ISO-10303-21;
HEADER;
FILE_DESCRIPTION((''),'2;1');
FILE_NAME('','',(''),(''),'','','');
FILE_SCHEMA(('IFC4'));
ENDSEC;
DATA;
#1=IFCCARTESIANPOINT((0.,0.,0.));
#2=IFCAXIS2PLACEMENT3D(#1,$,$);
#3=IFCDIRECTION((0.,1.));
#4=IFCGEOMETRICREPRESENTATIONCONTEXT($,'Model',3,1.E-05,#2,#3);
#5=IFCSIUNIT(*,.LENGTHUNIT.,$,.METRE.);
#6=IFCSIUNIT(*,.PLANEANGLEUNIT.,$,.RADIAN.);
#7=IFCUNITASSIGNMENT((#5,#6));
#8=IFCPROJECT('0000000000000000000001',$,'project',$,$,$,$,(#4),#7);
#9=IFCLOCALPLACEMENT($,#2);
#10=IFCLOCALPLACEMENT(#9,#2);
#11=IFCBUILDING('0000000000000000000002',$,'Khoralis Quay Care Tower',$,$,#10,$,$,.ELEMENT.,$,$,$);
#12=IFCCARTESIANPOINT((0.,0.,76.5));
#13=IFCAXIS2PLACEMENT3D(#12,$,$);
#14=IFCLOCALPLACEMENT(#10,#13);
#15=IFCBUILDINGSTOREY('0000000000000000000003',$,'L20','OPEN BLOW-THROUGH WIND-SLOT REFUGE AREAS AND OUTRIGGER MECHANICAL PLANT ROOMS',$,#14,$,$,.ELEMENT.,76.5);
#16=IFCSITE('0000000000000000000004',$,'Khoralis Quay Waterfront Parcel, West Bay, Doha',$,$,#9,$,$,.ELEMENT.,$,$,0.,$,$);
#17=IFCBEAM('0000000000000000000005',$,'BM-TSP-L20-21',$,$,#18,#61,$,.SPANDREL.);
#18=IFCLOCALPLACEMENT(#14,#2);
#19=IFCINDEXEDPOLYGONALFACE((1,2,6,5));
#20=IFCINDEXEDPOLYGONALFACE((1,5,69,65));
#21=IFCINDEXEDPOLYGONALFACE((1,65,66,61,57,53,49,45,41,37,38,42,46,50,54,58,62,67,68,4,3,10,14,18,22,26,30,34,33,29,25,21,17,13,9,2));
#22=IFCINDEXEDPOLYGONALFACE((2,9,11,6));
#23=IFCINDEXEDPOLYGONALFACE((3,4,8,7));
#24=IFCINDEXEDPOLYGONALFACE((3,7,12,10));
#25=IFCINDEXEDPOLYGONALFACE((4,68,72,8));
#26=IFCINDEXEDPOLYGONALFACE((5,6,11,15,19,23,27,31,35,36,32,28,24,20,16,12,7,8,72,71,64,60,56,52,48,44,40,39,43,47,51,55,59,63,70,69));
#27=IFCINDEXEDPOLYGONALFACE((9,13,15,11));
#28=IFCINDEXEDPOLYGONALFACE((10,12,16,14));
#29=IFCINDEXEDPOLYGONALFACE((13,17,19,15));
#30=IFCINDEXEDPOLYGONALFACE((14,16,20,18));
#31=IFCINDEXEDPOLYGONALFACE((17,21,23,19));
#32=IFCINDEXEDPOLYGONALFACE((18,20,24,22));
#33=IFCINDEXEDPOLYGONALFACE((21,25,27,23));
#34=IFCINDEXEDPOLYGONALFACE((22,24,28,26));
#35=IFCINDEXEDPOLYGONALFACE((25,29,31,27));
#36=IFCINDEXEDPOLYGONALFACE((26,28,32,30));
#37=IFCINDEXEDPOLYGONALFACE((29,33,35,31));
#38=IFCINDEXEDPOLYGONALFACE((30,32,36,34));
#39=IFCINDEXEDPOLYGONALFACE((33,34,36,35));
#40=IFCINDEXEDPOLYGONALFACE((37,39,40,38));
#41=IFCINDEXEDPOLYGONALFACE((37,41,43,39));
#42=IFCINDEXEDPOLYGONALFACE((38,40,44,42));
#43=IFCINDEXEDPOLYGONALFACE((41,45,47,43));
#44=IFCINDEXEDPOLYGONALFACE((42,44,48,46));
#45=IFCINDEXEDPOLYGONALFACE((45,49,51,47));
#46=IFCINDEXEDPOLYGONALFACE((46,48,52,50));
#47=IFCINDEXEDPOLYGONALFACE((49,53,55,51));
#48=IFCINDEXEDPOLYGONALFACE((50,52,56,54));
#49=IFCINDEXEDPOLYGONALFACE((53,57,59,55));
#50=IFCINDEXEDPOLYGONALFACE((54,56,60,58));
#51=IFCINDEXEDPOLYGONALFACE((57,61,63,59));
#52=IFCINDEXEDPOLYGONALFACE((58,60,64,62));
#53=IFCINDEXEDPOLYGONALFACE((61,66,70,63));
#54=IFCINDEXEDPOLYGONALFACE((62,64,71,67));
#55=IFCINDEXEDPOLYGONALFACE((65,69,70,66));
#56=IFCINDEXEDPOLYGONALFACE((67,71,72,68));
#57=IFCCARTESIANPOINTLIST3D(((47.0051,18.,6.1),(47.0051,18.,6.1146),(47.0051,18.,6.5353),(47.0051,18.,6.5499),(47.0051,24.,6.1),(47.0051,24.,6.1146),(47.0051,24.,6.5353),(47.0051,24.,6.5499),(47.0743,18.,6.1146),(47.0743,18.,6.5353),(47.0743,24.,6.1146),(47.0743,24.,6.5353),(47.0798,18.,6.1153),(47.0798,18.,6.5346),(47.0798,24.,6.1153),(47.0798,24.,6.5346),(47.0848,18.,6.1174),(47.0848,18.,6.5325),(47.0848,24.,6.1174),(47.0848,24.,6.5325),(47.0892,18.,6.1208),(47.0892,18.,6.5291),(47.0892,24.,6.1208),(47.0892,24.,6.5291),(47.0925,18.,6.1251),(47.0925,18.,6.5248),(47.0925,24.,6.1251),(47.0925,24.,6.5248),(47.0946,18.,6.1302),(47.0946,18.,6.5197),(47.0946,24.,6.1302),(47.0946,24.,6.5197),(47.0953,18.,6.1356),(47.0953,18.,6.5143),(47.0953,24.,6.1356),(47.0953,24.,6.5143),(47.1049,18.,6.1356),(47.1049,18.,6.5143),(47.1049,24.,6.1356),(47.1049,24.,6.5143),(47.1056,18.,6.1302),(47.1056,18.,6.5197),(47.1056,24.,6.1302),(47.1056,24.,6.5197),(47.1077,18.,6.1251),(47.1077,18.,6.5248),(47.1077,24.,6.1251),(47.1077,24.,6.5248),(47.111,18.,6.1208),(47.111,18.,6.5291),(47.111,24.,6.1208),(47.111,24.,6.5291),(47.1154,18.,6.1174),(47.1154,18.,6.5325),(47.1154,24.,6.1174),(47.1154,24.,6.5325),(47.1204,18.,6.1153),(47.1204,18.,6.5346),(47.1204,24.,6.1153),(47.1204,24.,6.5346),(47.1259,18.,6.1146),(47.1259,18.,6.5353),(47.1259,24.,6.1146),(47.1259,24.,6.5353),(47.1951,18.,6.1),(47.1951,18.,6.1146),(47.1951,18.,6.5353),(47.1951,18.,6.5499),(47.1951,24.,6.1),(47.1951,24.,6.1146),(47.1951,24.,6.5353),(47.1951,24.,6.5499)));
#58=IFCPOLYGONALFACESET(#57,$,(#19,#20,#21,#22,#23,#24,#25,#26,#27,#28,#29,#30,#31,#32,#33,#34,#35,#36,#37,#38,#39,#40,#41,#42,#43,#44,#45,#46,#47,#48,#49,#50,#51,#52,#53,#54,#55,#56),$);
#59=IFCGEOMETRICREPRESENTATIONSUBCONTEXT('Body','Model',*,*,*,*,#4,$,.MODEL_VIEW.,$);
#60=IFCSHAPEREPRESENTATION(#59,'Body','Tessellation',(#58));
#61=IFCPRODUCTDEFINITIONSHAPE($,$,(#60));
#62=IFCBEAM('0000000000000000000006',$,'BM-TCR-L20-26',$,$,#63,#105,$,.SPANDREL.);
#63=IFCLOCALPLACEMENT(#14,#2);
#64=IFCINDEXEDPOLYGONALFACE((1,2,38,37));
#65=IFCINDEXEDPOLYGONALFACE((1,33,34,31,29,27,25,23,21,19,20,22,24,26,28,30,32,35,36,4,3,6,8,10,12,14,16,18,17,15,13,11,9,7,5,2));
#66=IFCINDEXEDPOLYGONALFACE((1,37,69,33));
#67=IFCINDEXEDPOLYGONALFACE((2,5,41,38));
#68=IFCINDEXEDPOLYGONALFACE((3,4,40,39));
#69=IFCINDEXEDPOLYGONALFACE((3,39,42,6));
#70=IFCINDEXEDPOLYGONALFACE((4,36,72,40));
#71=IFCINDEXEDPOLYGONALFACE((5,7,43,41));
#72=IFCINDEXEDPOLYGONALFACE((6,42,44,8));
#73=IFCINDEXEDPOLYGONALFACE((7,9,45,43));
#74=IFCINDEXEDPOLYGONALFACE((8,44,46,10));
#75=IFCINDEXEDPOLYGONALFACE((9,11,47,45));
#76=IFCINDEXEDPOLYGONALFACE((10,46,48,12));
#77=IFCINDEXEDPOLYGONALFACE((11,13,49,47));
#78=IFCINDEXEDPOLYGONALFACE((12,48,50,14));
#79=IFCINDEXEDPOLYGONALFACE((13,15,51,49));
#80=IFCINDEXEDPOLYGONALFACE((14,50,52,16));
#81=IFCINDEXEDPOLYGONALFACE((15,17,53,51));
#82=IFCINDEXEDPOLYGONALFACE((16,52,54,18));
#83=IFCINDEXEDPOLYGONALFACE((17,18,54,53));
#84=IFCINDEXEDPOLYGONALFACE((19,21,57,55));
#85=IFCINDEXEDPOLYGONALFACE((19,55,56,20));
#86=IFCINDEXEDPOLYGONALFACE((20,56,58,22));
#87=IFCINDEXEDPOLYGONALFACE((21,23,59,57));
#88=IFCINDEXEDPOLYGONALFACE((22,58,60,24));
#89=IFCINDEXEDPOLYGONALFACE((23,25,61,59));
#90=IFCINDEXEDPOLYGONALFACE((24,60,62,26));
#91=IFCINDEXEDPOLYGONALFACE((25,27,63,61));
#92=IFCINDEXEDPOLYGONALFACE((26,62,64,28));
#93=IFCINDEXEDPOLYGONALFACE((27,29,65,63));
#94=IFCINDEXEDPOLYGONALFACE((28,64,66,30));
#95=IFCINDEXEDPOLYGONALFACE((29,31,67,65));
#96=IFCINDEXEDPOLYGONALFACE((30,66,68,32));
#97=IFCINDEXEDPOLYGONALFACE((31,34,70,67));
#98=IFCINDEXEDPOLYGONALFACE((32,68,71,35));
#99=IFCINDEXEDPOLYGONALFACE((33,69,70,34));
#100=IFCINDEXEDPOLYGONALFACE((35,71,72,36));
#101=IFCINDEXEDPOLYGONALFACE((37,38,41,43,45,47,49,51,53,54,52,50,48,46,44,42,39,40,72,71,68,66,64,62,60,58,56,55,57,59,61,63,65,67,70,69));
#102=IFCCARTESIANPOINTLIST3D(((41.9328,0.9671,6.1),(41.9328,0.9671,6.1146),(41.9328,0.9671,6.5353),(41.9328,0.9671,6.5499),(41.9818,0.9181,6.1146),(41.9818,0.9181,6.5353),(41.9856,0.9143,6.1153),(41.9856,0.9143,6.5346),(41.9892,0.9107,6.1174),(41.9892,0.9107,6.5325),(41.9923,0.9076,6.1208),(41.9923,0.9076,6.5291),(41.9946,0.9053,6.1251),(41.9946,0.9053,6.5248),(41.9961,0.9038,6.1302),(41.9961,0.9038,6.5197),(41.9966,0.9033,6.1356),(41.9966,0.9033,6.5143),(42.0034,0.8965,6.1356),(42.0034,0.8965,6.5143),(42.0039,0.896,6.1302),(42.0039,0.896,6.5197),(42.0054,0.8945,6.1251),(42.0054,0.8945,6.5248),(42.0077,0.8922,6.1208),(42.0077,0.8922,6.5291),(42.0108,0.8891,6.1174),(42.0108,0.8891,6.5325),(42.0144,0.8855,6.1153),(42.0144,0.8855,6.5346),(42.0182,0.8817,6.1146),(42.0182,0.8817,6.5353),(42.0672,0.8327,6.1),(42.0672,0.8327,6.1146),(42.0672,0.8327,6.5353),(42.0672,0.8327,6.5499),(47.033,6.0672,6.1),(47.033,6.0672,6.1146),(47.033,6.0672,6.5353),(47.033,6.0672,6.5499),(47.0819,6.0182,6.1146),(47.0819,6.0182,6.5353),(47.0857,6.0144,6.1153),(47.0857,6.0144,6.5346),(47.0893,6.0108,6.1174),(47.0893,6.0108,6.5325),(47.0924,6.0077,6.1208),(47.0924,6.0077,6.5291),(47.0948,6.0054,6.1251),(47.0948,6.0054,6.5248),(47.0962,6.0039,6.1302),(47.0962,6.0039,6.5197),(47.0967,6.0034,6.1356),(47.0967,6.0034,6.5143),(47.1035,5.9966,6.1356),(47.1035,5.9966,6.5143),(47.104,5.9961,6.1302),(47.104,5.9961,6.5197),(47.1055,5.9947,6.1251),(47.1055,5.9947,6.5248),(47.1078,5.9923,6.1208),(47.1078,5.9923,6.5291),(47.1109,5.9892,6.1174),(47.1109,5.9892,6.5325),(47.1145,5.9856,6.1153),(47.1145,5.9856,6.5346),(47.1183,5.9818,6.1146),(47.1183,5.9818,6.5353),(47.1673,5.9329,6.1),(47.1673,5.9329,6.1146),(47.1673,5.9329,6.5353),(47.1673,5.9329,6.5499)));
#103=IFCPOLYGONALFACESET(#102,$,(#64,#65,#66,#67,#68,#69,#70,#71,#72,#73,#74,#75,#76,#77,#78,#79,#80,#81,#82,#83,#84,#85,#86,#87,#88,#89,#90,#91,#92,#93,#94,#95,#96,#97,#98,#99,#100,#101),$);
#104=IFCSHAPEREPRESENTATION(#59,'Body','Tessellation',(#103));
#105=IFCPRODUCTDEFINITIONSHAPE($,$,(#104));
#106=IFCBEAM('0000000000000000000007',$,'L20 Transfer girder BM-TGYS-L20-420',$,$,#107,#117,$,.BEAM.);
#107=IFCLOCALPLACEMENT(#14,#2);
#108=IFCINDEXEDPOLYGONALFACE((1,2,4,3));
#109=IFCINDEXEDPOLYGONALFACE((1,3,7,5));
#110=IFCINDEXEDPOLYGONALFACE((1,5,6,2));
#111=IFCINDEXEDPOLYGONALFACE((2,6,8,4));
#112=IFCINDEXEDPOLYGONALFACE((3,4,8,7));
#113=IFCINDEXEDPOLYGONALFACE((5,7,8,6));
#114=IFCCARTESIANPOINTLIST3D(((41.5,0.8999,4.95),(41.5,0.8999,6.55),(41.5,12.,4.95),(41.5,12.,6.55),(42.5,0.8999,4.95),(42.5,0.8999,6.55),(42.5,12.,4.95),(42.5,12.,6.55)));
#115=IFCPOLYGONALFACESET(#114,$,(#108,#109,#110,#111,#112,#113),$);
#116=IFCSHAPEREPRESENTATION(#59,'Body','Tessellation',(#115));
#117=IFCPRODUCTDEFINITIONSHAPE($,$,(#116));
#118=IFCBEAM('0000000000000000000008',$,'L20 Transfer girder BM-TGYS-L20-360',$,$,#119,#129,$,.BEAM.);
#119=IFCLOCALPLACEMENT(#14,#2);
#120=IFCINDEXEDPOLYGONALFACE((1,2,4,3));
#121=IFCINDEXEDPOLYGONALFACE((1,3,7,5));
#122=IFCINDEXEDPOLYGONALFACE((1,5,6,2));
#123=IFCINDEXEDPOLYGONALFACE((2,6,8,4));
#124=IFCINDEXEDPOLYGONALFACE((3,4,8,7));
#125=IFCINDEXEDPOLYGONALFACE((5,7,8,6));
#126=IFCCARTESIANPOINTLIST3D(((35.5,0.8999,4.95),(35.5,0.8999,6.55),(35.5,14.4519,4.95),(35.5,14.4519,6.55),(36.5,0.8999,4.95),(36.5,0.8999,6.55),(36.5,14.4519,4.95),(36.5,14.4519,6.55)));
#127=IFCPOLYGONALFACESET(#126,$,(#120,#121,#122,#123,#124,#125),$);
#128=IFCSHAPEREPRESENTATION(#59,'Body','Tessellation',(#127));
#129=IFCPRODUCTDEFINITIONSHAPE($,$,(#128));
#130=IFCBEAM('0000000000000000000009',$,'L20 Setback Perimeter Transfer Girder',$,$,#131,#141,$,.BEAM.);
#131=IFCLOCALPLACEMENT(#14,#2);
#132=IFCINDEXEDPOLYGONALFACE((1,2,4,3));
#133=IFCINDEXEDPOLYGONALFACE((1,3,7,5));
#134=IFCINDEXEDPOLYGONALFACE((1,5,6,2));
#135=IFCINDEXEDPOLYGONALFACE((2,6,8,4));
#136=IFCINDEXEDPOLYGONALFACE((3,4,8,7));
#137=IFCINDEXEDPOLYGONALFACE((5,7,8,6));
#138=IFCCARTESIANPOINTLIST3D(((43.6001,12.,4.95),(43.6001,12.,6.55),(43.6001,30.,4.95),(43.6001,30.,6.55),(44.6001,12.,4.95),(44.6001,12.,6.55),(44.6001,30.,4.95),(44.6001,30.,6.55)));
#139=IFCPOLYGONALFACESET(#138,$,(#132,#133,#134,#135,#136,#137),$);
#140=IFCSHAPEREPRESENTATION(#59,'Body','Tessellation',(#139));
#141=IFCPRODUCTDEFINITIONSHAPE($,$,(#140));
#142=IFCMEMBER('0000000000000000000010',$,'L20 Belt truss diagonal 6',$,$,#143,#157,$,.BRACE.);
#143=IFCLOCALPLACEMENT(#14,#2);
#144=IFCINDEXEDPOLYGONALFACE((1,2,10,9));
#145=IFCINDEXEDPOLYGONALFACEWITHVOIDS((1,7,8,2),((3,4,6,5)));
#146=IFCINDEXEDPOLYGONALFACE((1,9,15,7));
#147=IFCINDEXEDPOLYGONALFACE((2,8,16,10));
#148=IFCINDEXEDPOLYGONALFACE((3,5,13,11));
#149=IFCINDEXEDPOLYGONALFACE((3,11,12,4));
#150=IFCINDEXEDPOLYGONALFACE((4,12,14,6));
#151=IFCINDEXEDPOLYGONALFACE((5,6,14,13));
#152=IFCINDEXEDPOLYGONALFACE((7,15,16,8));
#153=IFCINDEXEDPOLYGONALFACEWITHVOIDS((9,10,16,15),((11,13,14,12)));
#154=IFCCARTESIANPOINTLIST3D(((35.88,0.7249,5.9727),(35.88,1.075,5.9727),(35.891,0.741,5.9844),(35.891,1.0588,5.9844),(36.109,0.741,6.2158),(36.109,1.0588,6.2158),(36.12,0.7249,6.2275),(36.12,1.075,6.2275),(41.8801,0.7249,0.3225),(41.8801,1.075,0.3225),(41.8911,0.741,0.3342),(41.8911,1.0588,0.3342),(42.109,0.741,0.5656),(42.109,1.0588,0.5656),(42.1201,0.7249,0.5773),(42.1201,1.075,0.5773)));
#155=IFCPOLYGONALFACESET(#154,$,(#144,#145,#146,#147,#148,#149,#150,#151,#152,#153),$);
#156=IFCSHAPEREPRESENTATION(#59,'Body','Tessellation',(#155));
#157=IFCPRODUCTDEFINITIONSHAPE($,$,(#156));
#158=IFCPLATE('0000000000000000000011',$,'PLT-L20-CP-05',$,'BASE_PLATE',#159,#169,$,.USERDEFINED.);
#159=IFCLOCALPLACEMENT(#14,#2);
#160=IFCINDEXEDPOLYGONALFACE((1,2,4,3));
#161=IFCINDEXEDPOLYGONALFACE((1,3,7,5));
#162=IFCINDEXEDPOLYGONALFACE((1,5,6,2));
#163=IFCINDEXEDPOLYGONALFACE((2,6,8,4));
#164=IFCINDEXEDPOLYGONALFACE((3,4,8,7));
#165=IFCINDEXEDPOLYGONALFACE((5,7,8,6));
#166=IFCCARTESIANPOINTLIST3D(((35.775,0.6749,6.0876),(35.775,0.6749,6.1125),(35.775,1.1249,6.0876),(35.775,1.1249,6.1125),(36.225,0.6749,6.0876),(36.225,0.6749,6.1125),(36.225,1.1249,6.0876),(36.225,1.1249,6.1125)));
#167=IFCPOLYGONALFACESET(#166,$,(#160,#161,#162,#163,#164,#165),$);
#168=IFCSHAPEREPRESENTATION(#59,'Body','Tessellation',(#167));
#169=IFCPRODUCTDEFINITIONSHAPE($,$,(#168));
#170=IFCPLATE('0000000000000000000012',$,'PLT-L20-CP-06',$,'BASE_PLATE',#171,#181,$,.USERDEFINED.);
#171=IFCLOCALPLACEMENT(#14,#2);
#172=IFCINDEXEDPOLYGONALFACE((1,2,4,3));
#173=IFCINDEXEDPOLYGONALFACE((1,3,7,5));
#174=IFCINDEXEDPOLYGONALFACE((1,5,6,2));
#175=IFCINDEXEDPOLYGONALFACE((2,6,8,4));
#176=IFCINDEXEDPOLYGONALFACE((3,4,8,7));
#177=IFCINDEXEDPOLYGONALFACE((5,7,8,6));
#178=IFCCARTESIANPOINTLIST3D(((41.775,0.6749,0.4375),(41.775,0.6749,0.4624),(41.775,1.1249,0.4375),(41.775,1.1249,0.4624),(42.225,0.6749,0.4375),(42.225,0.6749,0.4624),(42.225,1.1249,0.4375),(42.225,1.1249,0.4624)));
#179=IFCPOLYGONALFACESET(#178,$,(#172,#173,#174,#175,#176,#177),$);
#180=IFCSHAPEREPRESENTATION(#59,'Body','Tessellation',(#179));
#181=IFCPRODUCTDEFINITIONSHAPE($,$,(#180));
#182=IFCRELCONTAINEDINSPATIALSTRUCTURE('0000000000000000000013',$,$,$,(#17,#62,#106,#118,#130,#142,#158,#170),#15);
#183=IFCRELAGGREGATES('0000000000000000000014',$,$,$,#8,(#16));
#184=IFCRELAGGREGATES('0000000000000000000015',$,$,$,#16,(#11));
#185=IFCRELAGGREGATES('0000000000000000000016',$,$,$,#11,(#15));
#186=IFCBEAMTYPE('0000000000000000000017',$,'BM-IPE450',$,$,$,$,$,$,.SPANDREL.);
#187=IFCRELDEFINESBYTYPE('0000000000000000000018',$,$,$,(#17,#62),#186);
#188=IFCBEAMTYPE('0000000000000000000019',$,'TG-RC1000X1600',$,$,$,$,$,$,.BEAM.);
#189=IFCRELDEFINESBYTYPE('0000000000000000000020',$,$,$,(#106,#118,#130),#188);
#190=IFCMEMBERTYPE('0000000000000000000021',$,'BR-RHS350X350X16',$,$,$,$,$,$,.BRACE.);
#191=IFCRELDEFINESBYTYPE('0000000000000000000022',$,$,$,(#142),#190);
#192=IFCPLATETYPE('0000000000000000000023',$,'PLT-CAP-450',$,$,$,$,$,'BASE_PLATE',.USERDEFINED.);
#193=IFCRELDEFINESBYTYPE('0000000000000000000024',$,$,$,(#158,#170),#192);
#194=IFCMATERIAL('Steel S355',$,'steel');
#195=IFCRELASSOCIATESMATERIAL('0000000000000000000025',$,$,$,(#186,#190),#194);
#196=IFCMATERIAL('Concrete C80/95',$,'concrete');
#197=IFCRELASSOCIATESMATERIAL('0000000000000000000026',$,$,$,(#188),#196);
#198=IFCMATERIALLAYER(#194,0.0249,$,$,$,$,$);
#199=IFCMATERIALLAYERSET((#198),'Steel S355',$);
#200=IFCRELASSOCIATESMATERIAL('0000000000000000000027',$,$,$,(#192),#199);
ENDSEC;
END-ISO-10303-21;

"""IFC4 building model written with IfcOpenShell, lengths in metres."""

from ifc_helpers import new_model, si_unit, direction, frame, origin, origin_2d, place, context, subcontext, project, spatial, rectangle, hollow_rectangle, i_section, extrude, source, transform, mapped, material, layer, layer_set, material_profile, profile_set, type_object, element, save


model = new_model("IFC4")

# Units and contexts
model_context = context("Model", 3, precision=1e-05, world=origin(), true_north=direction((0.0, 1.0)))
body_context = subcontext(model_context, "Body", "Model", "MODEL_VIEW")
ifc_project = project(units=[si_unit("LENGTHUNIT", "METRE"), si_unit("PLANEANGLEUNIT", "RADIAN")], contexts=[model_context])

# Site, building, storey
site_placement = place(None, origin())
site = spatial("IfcSite", under=ifc_project, at=site_placement, Name="Khoralis Quay Waterfront Parcel, West Bay, Doha", CompositionType="ELEMENT", RefElevation=0.0)
building_placement = place(site_placement, origin())
building = spatial("IfcBuilding", under=site, at=building_placement, Name="Khoralis Quay Care Tower", CompositionType="ELEMENT")
storey_placement = place(building_placement, frame((0.0, 0.0, 76.5)))
storey = spatial("IfcBuildingStorey", under=building, at=storey_placement, Name="L20", Description="OPEN BLOW-THROUGH WIND-SLOT REFUGE AREAS AND OUTRIGGER MECHANICAL PLANT ROOMS", CompositionType="ELEMENT", Elevation=76.5)

# Shared definitions
ifc_material_1 = material(Name="Concrete C80/95", Category="concrete")

# Beams
ifc_material_2 = material(Name="Steel S355", Category="steel")
ifc_material_profile_1 = material_profile(ifc_material_2, i_section(OverallWidth=0.1899, OverallDepth=0.45, WebThickness=0.0095, FlangeThickness=0.0146, FilletRadius=0.021, at=origin_2d()), Name="Steel S355")
ifc_profile_set_1 = profile_set([ifc_material_profile_1], Name="Steel S355")
beam_type_1 = type_object("IfcBeamType", Name="BM-IPE450", PredefinedType="SPANDREL", material=ifc_profile_set_1)
shared_shape_1 = source(origin(), body_context, "Body", "SweptSolid", [
    extrude(i_section(OverallWidth=0.1899, OverallDepth=0.45, WebThickness=0.0095, FlangeThickness=0.0146, FilletRadius=0.021, at=origin_2d()), origin(), (0.0, 0.0, 1.0), 6.0),
])
for number, where, z_axis, x_axis, name in (
    (1, (47.1001, 18.0, 6.325), (0.0, 1.0, 0.0), (-1.0, 0.0, 0.0), "BM-TSP-L20-21"),
):
    element("IfcBeam", number, at=place(storey_placement, frame(where, z_axis=z_axis, x_axis=x_axis)), inside=storey, type_object=beam_type_1, Name=name, PredefinedType="SPANDREL", context=body_context, shape_type="MappedRepresentation", body=[
        mapped(shared_shape_1, transform((0.0, 0.0, 0.0), scale=1.0)),
    ])
shared_shape_2 = source(origin(), body_context, "Body", "SweptSolid", [
    extrude(i_section(OverallWidth=0.1899, OverallDepth=0.45, WebThickness=0.0095, FlangeThickness=0.0146, FilletRadius=0.021, at=origin_2d()), origin(), (0.0, 0.0, 1.0), 7.2126),
])
beam_1_placement = place(storey_placement, frame((42.0, 0.8999, 6.325), z_axis=(0.707107, 0.707107, 0.0), x_axis=(-0.707107, 0.707107, 0.0)))
element("IfcBeam", 2, at=beam_1_placement, inside=storey, type_object=beam_type_1, Name="BM-TCR-L20-26", PredefinedType="SPANDREL", context=body_context, shape_type="MappedRepresentation", body=[
    mapped(shared_shape_2, transform((0.0, 0.0, 0.0), scale=1.0)),
])
ifc_material_profile_2 = material_profile(ifc_material_1, rectangle(XDim=1.0, YDim=1.6001, at=origin_2d()), Name="Concrete C80/95")
ifc_profile_set_2 = profile_set([ifc_material_profile_2], Name="Concrete C80/95")
beam_type_2 = type_object("IfcBeamType", Name="TG-RC1000X1600", PredefinedType="BEAM", material=ifc_profile_set_2)
shared_shape_3 = source(origin(), body_context, "Body", "SweptSolid", [
    extrude(rectangle(XDim=1.0, YDim=1.6001, at=origin_2d()), origin(), (0.0, 0.0, 1.0), 11.1001),
])
beam_2_placement = place(storey_placement, frame((42.0, 0.8999, 5.75), z_axis=(0.0, 1.0, 0.0), x_axis=(-1.0, 0.0, 0.0)))
element("IfcBeam", 3, at=beam_2_placement, inside=storey, type_object=beam_type_2, Name="L20 Transfer girder BM-TGYS-L20-420", PredefinedType="BEAM", context=body_context, shape_type="MappedRepresentation", body=[
    mapped(shared_shape_3, transform((0.0, 0.0, 0.0), scale=1.0)),
])
shared_shape_4 = source(origin(), body_context, "Body", "SweptSolid", [
    extrude(rectangle(XDim=1.0, YDim=1.6001, at=origin_2d()), origin(), (0.0, 0.0, 1.0), 13.552),
])
beam_3_placement = place(storey_placement, frame((36.0, 0.8999, 5.75), z_axis=(0.0, 1.0, 0.0), x_axis=(-1.0, 0.0, 0.0)))
element("IfcBeam", 4, at=beam_3_placement, inside=storey, type_object=beam_type_2, Name="L20 Transfer girder BM-TGYS-L20-360", PredefinedType="BEAM", context=body_context, shape_type="MappedRepresentation", body=[
    mapped(shared_shape_4, transform((0.0, 0.0, 0.0), scale=1.0)),
])
shared_shape_5 = source(origin(), body_context, "Body", "SweptSolid", [
    extrude(rectangle(XDim=1.0, YDim=1.6001, at=origin_2d()), origin(), (0.0, 0.0, 1.0), 18.0),
])
beam_4_placement = place(storey_placement, frame((44.1001, 12.0, 5.75), z_axis=(0.0, 1.0, 0.0), x_axis=(-1.0, 0.0, 0.0)))
element("IfcBeam", 5, at=beam_4_placement, inside=storey, type_object=beam_type_2, Name="L20 Setback Perimeter Transfer Girder", PredefinedType="BEAM", context=body_context, shape_type="MappedRepresentation", body=[
    mapped(shared_shape_5, transform((0.0, 0.0, 0.0), scale=1.0)),
])

# Member
ifc_material_profile_3 = material_profile(ifc_material_2, hollow_rectangle(XDim=0.3501, YDim=0.3501, WallThickness=0.0161, at=origin_2d()), Name="Steel S355")
ifc_profile_set_3 = profile_set([ifc_material_profile_3], Name="Steel S355")
member_type = type_object("IfcMemberType", Name="BR-RHS350X350X16", PredefinedType="BRACE", material=ifc_profile_set_3)
shared_shape_6 = source(origin(), body_context, "Body", "SweptSolid", [
    extrude(hollow_rectangle(XDim=0.3501, YDim=0.3501, WallThickness=0.0161, at=origin_2d()), origin(), (0.0, 0.0, 1.0), 8.2417),
])
member_placement = place(storey_placement, frame((36.0, 0.8999, 6.1001), z_axis=(0.728013, 0.0, -0.685563), x_axis=(0.0, 1.0, 0.0)))
element("IfcMember", 6, at=member_placement, inside=storey, type_object=member_type, Name="L20 Belt truss diagonal 6", PredefinedType="BRACE", context=body_context, shape_type="MappedRepresentation", body=[
    mapped(shared_shape_6, transform((0.0, 0.0, 0.0), scale=1.0)),
])

# Plates
ifc_layer_1 = layer(ifc_material_2, 0.0249)
ifc_layer_set_1 = layer_set([ifc_layer_1], Name="Steel S355")
plate_type = type_object("IfcPlateType", Name="PLT-CAP-450", ElementType="BASE_PLATE", PredefinedType="USERDEFINED", material=ifc_layer_set_1)
shared_shape_7 = source(origin(), body_context, "Body", "SweptSolid", [
    extrude(rectangle(XDim=0.45, YDim=0.45, at=origin_2d()), origin(), (0.0, 0.0, 1.0), 0.0249),
])
for number, where, z_axis, x_axis, name in (
    (7, (36.0, 0.8999, 6.0876), (0.0, 0.0, 1.0), (1.0, 0.0, 0.0), "PLT-L20-CP-05"),
    (8, (42.0, 0.8999, 0.4375), (0.0, 0.0, 1.0), (1.0, 0.0, 0.0), "PLT-L20-CP-06"),
):
    element("IfcPlate", number, at=place(storey_placement, frame(where, z_axis=z_axis, x_axis=x_axis)), inside=storey, type_object=plate_type, Name=name, ObjectType="BASE_PLATE", PredefinedType="USERDEFINED", context=body_context, shape_type="MappedRepresentation", body=[
        mapped(shared_shape_7, transform((0.0, 0.0, 0.0), scale=1.0)),
    ])

save(model, "model.ifc")
